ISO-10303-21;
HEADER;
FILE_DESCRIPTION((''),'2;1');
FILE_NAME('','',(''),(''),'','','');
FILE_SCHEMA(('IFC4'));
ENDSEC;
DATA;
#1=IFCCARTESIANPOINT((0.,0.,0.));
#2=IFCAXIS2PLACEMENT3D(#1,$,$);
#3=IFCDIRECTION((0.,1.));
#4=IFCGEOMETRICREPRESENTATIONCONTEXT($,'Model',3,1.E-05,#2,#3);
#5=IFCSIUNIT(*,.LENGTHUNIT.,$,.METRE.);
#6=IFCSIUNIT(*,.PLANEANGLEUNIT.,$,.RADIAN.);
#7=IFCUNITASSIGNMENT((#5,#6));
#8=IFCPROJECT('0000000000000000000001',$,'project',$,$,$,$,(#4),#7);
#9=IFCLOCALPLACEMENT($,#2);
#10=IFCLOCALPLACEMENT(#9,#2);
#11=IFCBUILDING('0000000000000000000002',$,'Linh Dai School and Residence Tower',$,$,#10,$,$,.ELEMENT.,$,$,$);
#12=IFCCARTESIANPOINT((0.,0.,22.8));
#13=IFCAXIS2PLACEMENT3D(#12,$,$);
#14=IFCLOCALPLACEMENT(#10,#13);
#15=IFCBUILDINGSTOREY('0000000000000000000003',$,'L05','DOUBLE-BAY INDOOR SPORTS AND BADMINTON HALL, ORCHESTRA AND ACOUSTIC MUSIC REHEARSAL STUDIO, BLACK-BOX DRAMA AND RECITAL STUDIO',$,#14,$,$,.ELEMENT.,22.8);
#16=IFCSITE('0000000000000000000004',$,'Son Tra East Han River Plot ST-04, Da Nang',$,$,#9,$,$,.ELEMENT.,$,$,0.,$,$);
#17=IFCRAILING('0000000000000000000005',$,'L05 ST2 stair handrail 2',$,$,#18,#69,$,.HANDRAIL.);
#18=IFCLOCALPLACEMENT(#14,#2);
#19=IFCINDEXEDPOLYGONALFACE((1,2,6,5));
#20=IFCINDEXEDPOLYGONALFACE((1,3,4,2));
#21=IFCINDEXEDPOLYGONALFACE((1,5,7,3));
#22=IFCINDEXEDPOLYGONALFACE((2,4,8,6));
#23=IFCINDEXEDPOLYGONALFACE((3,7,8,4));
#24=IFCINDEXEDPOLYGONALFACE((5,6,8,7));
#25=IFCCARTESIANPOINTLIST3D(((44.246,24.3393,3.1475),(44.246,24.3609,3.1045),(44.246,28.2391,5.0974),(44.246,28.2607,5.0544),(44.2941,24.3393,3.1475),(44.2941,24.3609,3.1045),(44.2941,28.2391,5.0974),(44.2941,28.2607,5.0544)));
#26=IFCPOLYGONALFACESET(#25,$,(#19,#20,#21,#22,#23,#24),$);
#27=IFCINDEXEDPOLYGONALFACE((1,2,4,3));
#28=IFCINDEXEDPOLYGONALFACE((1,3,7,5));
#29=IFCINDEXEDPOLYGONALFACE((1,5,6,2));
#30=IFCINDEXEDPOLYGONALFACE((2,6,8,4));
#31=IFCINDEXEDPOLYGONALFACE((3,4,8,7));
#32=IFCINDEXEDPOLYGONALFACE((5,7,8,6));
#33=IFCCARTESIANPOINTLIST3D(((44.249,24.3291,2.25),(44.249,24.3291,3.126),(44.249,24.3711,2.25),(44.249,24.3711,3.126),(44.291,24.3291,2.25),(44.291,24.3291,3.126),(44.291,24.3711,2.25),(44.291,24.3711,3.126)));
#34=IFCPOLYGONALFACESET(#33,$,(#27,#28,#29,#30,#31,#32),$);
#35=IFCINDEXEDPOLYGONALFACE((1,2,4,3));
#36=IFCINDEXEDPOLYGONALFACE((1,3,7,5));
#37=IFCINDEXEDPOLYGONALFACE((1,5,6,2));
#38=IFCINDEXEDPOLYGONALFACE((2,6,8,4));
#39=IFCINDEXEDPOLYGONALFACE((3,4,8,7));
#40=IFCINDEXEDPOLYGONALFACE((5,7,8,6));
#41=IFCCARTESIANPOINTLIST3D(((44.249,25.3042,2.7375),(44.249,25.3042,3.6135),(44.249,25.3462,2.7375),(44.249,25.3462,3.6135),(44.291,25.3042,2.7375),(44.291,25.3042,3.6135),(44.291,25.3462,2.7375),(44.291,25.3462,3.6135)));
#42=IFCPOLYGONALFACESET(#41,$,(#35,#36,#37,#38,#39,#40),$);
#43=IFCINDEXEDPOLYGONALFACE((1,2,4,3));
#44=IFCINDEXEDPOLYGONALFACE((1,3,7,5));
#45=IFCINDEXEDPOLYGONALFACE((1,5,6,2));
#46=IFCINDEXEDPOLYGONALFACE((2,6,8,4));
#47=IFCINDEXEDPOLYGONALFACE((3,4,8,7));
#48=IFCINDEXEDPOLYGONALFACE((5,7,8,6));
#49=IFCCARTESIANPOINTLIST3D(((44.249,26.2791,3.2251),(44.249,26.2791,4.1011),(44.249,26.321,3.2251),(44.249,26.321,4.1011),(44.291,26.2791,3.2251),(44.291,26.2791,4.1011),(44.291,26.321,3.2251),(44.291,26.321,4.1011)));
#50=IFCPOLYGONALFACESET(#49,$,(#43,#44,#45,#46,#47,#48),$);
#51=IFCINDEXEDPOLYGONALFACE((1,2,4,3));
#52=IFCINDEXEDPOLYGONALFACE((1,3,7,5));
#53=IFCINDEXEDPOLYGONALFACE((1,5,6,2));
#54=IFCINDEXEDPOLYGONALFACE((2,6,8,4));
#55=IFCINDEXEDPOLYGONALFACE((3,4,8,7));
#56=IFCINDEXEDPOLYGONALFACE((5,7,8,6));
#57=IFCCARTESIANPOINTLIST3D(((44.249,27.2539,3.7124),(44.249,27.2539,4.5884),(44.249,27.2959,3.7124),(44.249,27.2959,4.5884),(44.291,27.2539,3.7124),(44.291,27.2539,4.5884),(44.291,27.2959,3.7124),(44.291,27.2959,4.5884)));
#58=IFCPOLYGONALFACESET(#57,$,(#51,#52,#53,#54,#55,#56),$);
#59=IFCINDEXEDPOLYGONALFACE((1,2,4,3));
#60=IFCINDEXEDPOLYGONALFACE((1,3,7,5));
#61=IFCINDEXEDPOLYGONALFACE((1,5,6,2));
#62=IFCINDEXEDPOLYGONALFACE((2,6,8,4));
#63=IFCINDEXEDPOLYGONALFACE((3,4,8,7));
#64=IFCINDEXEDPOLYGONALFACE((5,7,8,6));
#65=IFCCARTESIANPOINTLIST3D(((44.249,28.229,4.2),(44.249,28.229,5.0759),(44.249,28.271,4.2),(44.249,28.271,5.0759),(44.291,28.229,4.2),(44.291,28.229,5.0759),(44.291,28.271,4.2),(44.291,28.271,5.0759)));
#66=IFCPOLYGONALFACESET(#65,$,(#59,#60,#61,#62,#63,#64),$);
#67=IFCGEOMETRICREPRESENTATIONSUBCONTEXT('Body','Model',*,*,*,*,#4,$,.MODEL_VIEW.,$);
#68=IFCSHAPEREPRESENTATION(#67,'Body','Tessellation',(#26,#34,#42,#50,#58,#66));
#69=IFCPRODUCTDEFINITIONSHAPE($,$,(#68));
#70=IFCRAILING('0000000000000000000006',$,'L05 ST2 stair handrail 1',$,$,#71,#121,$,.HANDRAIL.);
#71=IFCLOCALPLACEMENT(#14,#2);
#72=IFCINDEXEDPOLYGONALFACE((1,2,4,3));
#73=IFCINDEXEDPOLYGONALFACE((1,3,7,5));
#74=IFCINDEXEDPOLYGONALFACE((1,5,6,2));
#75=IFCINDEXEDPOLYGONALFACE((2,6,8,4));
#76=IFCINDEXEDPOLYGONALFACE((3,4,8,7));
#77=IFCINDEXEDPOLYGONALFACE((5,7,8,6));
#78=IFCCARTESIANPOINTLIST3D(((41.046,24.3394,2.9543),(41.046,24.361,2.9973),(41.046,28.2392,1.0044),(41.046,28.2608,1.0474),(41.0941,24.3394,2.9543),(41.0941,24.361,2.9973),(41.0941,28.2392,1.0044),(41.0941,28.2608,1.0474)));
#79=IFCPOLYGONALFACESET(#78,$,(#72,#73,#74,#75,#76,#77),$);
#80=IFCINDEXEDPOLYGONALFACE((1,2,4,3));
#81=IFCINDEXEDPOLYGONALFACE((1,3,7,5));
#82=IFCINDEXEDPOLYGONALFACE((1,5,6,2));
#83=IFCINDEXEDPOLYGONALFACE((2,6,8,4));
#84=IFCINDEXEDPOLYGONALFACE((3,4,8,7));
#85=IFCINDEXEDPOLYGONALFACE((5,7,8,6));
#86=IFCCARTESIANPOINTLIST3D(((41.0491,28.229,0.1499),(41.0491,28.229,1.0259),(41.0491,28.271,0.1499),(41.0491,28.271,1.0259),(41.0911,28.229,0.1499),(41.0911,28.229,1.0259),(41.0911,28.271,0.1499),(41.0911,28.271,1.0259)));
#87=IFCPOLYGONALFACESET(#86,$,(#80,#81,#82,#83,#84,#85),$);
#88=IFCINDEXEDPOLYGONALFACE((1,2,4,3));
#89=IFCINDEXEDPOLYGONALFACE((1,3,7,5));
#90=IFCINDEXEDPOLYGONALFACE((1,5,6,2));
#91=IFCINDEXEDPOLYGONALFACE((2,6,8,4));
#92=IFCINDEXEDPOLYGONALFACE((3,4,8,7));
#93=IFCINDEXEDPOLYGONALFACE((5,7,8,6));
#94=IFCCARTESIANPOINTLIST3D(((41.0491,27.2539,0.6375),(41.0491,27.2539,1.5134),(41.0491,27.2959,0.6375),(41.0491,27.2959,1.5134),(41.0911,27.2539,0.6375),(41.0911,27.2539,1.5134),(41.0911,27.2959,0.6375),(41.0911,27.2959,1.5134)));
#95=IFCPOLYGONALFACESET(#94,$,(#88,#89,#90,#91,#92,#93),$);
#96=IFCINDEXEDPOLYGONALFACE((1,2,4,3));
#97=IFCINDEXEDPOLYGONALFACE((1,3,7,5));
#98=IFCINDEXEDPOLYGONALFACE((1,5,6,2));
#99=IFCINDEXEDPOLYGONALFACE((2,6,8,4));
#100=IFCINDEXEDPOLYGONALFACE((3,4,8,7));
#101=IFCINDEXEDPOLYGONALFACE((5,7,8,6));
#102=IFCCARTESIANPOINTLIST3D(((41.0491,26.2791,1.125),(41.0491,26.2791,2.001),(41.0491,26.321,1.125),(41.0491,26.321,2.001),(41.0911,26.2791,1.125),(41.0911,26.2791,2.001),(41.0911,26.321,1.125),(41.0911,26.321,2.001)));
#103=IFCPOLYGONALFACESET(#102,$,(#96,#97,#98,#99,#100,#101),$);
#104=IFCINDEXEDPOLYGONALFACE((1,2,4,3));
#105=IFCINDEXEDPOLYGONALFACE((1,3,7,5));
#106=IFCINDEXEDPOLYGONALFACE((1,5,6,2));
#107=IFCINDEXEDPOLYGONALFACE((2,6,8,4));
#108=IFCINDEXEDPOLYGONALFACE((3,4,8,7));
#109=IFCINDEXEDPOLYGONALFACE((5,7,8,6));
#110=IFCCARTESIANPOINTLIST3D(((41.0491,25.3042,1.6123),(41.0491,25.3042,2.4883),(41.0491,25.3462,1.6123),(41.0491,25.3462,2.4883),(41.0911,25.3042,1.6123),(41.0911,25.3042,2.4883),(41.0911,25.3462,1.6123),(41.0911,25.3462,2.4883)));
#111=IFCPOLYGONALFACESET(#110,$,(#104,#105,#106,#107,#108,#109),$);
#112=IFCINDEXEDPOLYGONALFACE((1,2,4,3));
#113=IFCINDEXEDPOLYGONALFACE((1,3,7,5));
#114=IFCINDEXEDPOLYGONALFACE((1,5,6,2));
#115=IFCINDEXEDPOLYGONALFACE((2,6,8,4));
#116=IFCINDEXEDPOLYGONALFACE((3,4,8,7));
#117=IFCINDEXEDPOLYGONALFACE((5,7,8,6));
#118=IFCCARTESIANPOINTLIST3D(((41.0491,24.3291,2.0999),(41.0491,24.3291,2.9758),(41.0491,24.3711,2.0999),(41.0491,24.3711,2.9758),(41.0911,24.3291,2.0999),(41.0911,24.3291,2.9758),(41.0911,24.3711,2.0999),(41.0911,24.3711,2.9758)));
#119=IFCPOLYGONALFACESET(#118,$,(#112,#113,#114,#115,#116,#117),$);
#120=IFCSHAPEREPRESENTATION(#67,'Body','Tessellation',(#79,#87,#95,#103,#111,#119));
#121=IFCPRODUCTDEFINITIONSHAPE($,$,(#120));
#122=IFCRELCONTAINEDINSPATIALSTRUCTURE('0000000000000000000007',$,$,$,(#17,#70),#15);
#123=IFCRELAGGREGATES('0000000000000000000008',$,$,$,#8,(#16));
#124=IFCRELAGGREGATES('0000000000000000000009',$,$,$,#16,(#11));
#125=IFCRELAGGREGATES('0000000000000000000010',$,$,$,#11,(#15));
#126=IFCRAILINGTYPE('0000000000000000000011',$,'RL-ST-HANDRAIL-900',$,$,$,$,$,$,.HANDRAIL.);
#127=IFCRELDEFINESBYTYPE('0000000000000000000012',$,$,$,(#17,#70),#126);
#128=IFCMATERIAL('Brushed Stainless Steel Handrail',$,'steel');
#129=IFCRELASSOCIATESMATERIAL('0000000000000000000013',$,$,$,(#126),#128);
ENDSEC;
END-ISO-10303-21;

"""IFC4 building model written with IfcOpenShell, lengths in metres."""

from ifc_helpers import new_model, si_unit, direction, frame, origin, origin_2d, place, context, subcontext, project, spatial, rectangle, extrude, source, transform, mapped, material, type_object, element, save


model = new_model("IFC4")

# Units and contexts
model_context = context("Model", 3, precision=1e-05, world=origin(), true_north=direction((0.0, 1.0)))
body_context = subcontext(model_context, "Body", "Model", "MODEL_VIEW")
ifc_project = project(units=[si_unit("LENGTHUNIT", "METRE"), si_unit("PLANEANGLEUNIT", "RADIAN")], contexts=[model_context])

# Site, building, storey
site_placement = place(None, origin())
site = spatial("IfcSite", under=ifc_project, at=site_placement, Name="Son Tra East Han River Plot ST-04, Da Nang", CompositionType="ELEMENT", RefElevation=0.0)
building_placement = place(site_placement, origin())
building = spatial("IfcBuilding", under=site, at=building_placement, Name="Linh Dai School and Residence Tower", CompositionType="ELEMENT")
storey_placement = place(building_placement, frame((0.0, 0.0, 22.8)))
storey = spatial("IfcBuildingStorey", under=building, at=storey_placement, Name="L05", Description="DOUBLE-BAY INDOOR SPORTS AND BADMINTON HALL, ORCHESTRA AND ACOUSTIC MUSIC REHEARSAL STUDIO, BLACK-BOX DRAMA AND RECITAL STUDIO", CompositionType="ELEMENT", Elevation=22.8)

# Railings
ifc_material_1 = material(Name="Brushed Stainless Steel Handrail", Category="steel")
railing_type_1 = type_object("IfcRailingType", Name="RL-ST-HANDRAIL-900", PredefinedType="HANDRAIL", material=ifc_material_1)
shared_shape_1 = source(origin(), body_context, "Body", "SweptSolid", [
    extrude(rectangle(XDim=0.0481, YDim=0.0481, at=origin_2d()), frame((0.0, 0.0, 0.876), z_axis=(0.0, 0.894427, 0.447214), x_axis=(-1.0, 0.0, 0.0)), (0.0, 0.0, 1.0), 4.3601),
    extrude(rectangle(XDim=0.042, YDim=0.042, at=origin_2d()), origin(), (0.0, 0.0, 1.0), 0.876),
    extrude(rectangle(XDim=0.042, YDim=0.042, at=origin_2d()), frame((0.0, 0.9751, 0.4875)), (0.0, 0.0, 1.0), 0.876),
    extrude(rectangle(XDim=0.042, YDim=0.042, at=origin_2d()), frame((0.0, 1.95, 0.9751)), (0.0, 0.0, 1.0), 0.876),
    extrude(rectangle(XDim=0.042, YDim=0.042, at=origin_2d()), frame((0.0, 2.9248, 1.4624)), (0.0, 0.0, 1.0), 0.876),
    extrude(rectangle(XDim=0.042, YDim=0.042, at=origin_2d()), frame((0.0, 3.8999, 1.95)), (0.0, 0.0, 1.0), 0.876),
])
railing_1_placement = place(storey_placement, frame((44.27, 24.3501, 2.25)))
element("IfcRailing", 1, at=railing_1_placement, inside=storey, type_object=railing_type_1, Name="L05 ST2 stair handrail 2", PredefinedType="HANDRAIL", context=body_context, shape_type="MappedRepresentation", body=[
    mapped(shared_shape_1, transform((0.0, 0.0, 0.0), x_axis=(1.0, 0.0, 0.0), y_axis=(0.0, 1.0, 0.0), z_axis=(0.0, 0.0, 1.0), scale=1.0)),
])
shared_shape_2 = source(origin(), body_context, "Body", "SweptSolid", [
    extrude(rectangle(XDim=0.0481, YDim=0.0481, at=origin_2d()), frame((0.0, 0.0, 0.876), z_axis=(0.0, -0.894427, 0.447214), x_axis=(1.0, 0.0, 0.0)), (0.0, 0.0, 1.0), 4.3601),
    extrude(rectangle(XDim=0.042, YDim=0.042, at=origin_2d()), origin(), (0.0, 0.0, 1.0), 0.876),
    extrude(rectangle(XDim=0.042, YDim=0.042, at=origin_2d()), frame((0.0, -0.9751, 0.4875)), (0.0, 0.0, 1.0), 0.876),
    extrude(rectangle(XDim=0.042, YDim=0.042, at=origin_2d()), frame((0.0, -1.95, 0.9751)), (0.0, 0.0, 1.0), 0.876),
    extrude(rectangle(XDim=0.042, YDim=0.042, at=origin_2d()), frame((0.0, -2.9248, 1.4624)), (0.0, 0.0, 1.0), 0.876),
    extrude(rectangle(XDim=0.042, YDim=0.042, at=origin_2d()), frame((0.0, -3.8999, 1.95)), (0.0, 0.0, 1.0), 0.876),
])
railing_2_placement = place(storey_placement, frame((41.0701, 28.25, 0.1499)))
element("IfcRailing", 2, at=railing_2_placement, inside=storey, type_object=railing_type_1, Name="L05 ST2 stair handrail 1", PredefinedType="HANDRAIL", context=body_context, shape_type="MappedRepresentation", body=[
    mapped(shared_shape_2, transform((0.0, 0.0, 0.0), x_axis=(1.0, 0.0, 0.0), y_axis=(0.0, 1.0, 0.0), z_axis=(0.0, 0.0, 1.0), scale=1.0)),
])

save(model, "model.ifc")
